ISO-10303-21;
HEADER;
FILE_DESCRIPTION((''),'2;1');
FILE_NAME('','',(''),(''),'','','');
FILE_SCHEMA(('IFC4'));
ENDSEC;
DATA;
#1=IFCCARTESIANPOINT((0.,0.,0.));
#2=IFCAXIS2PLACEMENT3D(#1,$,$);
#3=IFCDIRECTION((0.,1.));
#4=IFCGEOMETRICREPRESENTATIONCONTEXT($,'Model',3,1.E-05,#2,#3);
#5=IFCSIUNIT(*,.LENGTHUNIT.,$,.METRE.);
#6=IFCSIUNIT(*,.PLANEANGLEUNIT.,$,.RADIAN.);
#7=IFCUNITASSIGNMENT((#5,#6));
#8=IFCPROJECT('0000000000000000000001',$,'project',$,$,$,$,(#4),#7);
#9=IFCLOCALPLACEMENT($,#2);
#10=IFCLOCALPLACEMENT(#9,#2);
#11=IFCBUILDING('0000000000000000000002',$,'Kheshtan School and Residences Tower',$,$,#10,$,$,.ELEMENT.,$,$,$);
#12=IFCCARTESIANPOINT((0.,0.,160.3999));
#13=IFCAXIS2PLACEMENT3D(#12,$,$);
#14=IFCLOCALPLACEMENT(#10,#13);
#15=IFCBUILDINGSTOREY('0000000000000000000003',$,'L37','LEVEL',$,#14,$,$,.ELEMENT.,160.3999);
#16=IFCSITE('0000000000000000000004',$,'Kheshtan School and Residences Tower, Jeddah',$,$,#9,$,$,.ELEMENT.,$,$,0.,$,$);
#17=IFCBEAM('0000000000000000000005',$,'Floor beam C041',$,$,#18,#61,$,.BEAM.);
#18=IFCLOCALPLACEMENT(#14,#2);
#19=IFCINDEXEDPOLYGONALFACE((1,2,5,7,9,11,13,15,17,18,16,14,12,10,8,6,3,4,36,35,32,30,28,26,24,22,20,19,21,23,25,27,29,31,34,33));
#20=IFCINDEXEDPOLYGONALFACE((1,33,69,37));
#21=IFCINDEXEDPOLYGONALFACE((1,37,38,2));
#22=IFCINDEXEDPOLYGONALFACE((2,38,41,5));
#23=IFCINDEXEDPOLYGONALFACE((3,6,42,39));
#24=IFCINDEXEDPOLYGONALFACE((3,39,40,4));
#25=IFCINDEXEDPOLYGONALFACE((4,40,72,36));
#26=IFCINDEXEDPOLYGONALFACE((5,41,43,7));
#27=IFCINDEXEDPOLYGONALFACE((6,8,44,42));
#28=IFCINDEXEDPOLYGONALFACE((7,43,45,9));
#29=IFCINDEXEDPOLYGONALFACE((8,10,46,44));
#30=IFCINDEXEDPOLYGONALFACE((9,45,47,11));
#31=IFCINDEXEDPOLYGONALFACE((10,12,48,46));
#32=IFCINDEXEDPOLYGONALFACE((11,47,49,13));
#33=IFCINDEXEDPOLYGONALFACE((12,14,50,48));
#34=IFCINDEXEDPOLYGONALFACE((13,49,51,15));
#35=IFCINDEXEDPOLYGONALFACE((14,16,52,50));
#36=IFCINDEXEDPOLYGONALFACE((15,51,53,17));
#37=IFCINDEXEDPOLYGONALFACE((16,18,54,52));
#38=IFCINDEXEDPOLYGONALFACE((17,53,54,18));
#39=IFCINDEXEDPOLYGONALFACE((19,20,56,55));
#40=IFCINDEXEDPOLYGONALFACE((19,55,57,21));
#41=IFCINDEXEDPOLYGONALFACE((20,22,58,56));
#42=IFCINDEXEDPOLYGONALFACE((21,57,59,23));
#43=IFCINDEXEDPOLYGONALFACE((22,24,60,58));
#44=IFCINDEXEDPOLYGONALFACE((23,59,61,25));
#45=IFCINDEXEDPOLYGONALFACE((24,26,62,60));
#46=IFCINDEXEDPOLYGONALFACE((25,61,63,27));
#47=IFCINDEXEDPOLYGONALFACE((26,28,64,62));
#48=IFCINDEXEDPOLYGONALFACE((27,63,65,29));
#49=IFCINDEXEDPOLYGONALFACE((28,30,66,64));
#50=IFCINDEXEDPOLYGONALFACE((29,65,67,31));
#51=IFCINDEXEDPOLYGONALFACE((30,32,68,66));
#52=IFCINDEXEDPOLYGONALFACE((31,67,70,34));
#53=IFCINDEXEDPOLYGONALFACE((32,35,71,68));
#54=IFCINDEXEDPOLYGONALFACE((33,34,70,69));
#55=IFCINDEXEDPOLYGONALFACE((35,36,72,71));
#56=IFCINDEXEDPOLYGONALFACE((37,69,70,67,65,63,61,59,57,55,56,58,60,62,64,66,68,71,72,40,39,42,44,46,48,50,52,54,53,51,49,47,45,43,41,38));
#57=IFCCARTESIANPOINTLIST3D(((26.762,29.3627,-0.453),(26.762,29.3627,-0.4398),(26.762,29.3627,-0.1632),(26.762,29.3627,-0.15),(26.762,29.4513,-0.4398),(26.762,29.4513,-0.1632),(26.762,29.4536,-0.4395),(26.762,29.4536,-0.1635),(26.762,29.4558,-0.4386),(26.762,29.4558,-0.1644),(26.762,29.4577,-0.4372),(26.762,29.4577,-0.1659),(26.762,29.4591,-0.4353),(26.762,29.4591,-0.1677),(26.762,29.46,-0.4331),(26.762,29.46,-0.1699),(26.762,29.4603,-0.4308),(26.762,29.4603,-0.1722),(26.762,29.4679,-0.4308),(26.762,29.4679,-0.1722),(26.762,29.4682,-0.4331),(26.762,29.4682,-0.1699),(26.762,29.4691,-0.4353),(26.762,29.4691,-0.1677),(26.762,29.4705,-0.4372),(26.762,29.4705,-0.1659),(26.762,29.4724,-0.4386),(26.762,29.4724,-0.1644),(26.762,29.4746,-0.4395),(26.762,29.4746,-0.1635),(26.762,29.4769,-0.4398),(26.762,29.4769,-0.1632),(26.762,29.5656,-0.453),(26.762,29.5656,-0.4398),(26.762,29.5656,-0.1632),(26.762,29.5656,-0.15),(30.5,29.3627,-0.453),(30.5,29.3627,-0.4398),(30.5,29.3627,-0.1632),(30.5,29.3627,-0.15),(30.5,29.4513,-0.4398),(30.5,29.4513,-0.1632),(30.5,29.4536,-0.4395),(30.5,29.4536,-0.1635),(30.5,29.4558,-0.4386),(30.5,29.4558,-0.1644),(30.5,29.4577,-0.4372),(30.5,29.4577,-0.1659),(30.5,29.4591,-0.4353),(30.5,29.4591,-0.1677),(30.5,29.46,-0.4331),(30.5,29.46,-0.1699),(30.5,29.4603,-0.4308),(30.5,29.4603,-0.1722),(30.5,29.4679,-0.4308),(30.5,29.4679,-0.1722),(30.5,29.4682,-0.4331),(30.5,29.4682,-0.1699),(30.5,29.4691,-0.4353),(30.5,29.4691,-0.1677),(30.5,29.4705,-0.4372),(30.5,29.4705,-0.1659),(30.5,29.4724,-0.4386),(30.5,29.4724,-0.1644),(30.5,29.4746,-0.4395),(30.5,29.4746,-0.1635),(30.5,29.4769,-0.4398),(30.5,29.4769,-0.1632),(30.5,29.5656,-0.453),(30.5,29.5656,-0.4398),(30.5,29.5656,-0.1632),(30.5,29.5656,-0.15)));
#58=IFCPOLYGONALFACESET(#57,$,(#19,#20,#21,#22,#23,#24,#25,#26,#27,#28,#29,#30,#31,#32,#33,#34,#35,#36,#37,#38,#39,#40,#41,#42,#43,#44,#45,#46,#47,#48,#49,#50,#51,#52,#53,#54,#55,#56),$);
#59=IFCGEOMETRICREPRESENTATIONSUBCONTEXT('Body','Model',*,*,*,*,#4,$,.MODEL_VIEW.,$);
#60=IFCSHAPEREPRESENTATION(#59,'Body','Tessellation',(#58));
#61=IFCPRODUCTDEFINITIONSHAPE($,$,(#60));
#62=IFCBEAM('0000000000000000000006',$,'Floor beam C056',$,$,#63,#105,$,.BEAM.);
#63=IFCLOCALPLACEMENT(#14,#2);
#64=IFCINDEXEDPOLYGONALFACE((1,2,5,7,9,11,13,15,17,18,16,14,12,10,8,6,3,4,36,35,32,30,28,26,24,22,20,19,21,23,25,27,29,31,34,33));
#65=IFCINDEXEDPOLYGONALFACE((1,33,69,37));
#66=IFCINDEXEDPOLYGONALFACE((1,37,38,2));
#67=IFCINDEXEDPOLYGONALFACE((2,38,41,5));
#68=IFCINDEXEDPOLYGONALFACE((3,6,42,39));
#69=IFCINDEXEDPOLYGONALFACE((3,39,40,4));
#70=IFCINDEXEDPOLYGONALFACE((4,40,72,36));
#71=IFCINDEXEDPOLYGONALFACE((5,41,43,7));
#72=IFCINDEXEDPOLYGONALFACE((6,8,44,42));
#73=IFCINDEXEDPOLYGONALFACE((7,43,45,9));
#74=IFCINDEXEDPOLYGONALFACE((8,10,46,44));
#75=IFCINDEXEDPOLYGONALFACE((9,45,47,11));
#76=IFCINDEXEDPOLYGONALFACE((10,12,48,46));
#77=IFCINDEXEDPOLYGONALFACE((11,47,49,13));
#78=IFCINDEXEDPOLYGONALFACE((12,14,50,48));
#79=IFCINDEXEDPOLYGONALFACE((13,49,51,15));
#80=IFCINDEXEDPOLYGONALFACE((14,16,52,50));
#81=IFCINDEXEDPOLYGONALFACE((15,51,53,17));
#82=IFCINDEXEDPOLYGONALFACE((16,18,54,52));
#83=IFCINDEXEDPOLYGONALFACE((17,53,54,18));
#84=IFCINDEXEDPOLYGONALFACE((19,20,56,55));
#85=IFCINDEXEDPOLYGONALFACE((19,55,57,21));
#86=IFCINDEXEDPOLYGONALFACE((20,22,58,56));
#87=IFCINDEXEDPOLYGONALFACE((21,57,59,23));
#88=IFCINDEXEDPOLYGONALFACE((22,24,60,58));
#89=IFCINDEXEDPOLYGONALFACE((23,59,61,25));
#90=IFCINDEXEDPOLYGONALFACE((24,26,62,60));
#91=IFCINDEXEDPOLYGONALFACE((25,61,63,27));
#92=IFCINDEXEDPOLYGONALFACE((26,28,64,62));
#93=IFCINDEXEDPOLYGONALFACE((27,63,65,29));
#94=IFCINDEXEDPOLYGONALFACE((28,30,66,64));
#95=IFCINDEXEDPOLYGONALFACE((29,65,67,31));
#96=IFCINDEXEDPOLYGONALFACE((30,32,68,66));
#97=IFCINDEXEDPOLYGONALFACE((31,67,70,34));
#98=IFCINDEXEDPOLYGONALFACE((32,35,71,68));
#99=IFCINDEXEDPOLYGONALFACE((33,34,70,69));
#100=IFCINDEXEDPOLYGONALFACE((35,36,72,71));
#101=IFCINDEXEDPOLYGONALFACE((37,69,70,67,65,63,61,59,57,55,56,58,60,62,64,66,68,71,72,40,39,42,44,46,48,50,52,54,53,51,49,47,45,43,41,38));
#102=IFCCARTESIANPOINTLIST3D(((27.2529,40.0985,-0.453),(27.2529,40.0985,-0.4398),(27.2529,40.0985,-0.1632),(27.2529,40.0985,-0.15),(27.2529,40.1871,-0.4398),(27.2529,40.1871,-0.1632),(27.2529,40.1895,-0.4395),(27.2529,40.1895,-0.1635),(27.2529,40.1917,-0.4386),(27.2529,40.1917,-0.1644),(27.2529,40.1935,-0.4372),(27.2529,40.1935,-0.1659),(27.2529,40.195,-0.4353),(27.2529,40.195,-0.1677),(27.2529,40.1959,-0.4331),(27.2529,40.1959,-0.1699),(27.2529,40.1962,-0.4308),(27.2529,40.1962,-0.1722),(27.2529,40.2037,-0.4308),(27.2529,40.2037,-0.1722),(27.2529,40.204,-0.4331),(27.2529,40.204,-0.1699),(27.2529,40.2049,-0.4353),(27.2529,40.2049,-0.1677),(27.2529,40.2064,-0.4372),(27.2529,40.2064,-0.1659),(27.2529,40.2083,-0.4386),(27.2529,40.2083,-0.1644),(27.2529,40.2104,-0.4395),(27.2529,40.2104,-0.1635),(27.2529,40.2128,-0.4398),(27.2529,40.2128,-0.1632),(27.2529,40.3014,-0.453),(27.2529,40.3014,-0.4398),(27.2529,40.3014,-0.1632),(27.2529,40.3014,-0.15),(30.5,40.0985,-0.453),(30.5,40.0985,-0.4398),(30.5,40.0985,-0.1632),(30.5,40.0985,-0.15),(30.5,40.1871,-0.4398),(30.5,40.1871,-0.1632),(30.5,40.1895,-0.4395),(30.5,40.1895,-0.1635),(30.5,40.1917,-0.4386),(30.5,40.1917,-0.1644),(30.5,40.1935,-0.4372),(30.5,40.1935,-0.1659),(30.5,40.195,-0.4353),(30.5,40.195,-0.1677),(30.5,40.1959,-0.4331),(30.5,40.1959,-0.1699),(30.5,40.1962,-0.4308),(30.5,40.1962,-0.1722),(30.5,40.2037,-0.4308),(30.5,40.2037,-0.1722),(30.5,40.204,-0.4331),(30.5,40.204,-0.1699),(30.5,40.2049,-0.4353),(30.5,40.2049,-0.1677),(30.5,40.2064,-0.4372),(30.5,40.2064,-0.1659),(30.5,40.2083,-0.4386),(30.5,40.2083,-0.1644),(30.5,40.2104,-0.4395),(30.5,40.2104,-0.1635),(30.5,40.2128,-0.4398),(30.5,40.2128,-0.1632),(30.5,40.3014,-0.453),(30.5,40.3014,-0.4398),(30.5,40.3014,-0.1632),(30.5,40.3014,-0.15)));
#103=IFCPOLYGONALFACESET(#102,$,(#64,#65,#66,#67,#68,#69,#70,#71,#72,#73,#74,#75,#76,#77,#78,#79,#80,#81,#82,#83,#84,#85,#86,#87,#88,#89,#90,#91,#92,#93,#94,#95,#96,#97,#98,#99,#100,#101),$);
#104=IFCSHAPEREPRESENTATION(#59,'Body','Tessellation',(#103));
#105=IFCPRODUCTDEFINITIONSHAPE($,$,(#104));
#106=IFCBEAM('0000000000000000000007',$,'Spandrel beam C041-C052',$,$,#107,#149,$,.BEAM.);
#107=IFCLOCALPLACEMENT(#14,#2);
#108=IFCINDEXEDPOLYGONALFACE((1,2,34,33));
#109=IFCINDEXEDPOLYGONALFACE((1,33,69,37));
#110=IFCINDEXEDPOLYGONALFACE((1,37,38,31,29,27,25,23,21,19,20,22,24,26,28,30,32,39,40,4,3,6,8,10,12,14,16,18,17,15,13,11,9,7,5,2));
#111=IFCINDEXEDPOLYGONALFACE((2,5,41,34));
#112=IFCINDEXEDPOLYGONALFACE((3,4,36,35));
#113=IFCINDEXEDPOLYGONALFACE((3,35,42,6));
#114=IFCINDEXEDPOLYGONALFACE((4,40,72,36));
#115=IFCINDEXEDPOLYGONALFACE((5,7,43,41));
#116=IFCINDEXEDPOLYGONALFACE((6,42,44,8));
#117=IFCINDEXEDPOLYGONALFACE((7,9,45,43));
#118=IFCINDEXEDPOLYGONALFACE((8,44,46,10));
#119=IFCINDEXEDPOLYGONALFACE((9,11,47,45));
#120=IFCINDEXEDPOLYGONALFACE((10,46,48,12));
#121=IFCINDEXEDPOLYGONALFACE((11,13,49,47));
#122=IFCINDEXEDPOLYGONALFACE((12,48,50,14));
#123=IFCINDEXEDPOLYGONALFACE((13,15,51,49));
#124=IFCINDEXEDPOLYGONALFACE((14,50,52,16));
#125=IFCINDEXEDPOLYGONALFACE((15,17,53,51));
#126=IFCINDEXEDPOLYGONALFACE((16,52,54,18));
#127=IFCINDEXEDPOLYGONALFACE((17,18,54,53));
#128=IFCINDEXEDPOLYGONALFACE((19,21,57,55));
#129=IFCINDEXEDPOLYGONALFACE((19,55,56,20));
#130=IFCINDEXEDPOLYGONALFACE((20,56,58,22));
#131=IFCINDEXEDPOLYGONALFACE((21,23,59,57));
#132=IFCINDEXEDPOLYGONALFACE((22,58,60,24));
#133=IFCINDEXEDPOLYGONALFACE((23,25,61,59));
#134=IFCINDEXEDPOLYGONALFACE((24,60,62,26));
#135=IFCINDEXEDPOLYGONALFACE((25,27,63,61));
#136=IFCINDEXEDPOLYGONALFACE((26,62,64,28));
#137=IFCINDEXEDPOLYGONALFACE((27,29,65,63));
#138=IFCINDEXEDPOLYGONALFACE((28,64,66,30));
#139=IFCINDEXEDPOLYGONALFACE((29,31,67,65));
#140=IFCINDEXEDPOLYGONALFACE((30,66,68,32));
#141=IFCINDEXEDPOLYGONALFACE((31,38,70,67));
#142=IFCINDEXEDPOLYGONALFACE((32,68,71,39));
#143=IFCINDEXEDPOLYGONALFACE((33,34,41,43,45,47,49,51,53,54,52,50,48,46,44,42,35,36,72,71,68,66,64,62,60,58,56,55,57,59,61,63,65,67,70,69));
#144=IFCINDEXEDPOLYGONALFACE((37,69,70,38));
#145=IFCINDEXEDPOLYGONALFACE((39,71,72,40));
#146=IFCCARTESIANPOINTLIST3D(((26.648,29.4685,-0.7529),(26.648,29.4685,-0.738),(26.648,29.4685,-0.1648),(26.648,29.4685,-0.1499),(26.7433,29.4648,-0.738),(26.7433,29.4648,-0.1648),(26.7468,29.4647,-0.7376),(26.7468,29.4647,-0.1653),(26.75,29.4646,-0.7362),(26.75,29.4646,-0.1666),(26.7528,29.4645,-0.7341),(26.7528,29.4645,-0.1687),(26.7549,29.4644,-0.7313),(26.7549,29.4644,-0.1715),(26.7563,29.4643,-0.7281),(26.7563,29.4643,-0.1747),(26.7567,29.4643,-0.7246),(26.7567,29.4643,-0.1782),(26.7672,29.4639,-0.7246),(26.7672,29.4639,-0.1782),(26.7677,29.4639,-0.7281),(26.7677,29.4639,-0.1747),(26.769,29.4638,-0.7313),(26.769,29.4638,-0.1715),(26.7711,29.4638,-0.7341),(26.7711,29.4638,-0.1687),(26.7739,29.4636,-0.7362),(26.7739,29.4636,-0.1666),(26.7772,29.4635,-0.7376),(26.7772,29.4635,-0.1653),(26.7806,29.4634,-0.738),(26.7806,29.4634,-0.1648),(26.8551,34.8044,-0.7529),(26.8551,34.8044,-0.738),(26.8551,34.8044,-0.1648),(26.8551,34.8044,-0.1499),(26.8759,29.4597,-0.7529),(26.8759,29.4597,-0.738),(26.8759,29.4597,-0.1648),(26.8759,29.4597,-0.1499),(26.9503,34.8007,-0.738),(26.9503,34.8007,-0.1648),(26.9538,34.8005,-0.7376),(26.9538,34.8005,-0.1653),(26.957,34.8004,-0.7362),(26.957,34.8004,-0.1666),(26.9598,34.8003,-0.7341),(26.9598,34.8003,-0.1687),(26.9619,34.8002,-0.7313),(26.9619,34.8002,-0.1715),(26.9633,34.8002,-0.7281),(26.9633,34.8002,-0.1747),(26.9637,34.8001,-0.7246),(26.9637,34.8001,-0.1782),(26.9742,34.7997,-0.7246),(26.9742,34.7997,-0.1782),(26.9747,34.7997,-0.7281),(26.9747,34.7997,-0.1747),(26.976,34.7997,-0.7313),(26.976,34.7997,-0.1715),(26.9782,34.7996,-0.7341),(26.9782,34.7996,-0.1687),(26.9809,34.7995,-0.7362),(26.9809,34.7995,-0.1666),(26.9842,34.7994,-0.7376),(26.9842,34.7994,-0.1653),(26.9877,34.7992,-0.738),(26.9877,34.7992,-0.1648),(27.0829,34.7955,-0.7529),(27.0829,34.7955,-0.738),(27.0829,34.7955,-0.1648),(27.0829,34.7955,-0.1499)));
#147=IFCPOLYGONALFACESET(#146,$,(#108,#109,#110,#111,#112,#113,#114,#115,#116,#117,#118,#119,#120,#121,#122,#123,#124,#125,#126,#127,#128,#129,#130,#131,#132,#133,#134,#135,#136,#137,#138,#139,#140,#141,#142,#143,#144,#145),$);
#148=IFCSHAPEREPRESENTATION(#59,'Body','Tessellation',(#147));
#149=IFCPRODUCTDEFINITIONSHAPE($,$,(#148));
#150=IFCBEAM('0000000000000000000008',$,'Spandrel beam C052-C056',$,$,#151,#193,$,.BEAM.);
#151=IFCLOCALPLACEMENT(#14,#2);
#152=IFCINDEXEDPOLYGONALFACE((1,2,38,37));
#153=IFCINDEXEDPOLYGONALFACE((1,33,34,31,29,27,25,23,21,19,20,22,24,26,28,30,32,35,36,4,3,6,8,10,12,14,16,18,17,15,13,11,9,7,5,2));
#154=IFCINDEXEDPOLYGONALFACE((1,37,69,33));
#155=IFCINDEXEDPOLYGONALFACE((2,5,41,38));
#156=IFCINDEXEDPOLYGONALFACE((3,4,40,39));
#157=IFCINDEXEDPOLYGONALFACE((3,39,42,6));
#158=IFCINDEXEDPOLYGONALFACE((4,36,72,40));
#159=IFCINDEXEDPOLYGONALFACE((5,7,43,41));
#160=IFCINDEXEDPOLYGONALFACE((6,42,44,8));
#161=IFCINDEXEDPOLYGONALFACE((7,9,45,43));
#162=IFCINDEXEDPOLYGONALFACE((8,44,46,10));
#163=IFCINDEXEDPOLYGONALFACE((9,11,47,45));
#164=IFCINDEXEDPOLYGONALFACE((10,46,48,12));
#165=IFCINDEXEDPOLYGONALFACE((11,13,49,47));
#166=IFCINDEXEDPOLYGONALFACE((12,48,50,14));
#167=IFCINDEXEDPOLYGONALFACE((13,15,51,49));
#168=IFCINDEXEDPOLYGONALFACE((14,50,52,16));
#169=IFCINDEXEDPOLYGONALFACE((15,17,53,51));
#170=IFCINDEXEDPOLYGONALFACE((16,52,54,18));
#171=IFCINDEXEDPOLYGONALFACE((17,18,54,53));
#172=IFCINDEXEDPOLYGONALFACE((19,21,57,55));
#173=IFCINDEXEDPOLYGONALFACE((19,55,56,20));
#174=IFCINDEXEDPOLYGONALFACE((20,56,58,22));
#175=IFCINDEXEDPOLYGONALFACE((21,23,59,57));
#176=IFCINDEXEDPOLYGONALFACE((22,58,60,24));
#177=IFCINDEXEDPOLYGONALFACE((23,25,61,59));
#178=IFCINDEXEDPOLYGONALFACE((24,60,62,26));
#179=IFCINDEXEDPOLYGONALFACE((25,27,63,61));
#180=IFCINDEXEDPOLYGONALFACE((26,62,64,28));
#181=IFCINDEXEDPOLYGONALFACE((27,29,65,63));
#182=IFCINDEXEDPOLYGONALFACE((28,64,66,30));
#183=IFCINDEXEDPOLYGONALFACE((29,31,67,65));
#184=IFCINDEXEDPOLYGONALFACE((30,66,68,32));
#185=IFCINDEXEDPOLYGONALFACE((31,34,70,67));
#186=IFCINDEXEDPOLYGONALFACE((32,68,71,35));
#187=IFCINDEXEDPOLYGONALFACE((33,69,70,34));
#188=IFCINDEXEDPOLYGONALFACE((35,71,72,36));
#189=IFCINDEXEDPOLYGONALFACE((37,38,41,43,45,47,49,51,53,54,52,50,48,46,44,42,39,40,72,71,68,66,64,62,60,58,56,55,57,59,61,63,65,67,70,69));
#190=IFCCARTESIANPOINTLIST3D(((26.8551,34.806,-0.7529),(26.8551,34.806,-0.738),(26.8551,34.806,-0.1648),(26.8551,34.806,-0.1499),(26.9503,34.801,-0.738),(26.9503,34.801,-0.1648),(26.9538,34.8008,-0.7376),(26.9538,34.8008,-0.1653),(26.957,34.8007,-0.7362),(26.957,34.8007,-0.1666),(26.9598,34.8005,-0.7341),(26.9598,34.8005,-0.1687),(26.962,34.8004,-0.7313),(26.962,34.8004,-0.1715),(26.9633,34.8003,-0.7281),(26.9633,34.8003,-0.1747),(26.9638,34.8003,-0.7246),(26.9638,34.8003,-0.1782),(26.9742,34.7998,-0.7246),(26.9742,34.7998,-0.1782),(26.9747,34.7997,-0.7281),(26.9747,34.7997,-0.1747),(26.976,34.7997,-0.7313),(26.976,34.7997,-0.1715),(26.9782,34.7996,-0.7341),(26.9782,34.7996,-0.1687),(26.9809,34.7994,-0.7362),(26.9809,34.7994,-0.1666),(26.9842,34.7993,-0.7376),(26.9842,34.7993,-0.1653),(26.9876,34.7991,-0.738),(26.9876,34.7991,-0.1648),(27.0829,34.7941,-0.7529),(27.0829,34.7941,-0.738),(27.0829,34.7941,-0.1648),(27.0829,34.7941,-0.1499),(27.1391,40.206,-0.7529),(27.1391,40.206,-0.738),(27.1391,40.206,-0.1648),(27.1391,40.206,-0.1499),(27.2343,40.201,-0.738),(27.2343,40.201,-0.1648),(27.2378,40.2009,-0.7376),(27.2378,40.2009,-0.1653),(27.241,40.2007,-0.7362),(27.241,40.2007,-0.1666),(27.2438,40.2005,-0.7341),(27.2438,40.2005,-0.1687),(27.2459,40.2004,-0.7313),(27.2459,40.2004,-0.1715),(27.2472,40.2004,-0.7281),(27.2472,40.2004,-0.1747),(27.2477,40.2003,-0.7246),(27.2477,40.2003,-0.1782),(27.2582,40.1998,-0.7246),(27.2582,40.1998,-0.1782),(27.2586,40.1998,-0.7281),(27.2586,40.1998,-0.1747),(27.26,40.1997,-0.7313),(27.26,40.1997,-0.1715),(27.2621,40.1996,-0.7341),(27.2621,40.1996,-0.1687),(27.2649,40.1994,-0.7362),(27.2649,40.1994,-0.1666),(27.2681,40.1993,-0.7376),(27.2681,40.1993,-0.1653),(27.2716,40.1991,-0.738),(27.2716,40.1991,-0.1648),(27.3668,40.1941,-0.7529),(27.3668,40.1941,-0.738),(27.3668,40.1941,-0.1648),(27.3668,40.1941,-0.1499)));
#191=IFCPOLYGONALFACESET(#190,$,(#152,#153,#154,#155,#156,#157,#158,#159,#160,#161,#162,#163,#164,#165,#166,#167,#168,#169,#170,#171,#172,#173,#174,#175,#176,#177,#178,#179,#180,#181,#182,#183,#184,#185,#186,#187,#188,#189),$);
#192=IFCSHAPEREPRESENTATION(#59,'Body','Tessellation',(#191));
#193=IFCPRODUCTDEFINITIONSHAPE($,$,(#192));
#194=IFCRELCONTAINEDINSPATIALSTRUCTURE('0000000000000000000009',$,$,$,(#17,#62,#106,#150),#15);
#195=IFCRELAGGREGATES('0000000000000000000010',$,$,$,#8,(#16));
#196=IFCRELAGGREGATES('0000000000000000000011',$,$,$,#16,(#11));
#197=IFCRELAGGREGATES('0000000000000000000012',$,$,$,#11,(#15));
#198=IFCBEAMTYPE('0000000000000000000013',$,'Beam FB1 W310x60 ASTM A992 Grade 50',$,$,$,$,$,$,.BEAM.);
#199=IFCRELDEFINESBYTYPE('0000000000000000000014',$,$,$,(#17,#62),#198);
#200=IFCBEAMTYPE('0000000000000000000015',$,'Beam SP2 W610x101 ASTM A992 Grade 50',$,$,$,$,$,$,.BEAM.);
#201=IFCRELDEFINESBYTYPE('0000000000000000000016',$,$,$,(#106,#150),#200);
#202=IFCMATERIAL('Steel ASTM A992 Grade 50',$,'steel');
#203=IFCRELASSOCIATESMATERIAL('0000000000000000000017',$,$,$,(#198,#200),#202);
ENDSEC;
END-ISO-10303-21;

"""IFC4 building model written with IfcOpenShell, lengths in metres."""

from ifc_helpers import new_model, si_unit, direction, frame, origin, origin_2d, place, context, subcontext, project, spatial, i_section, extrude, material, material_profile, profile_set, type_object, element, save


model = new_model("IFC4")

# Units and contexts
model_context = context("Model", 3, precision=1e-05, world=origin(), true_north=direction((0.0, 1.0)))
body_context = subcontext(model_context, "Body", "Model", "MODEL_VIEW")
ifc_project = project(units=[si_unit("LENGTHUNIT", "METRE"), si_unit("PLANEANGLEUNIT", "RADIAN")], contexts=[model_context])

# Site, building, storey
site_placement = place(None, origin())
site = spatial("IfcSite", under=ifc_project, at=site_placement, Name="Kheshtan School and Residences Tower, Jeddah", CompositionType="ELEMENT", RefElevation=0.0)
building_placement = place(site_placement, origin())
building = spatial("IfcBuilding", under=site, at=building_placement, Name="Kheshtan School and Residences Tower", CompositionType="ELEMENT")
storey_placement = place(building_placement, frame((0.0, 0.0, 160.3999)))
storey = spatial("IfcBuildingStorey", under=building, at=storey_placement, Name="L37", Description="LEVEL", CompositionType="ELEMENT", Elevation=160.3999)

# Shared definitions
ifc_material_1 = material(Name="Steel ASTM A992 Grade 50", Category="steel")

# Beams
ifc_material_profile_1 = material_profile(ifc_material_1, i_section(OverallWidth=0.2029, OverallDepth=0.303, WebThickness=0.0076, FlangeThickness=0.0132, FilletRadius=0.009, at=origin_2d()), Name="W310x60")
ifc_profile_set_1 = profile_set([ifc_material_profile_1], Name="Steel ASTM A992 Grade 50")
beam_type_1 = type_object("IfcBeamType", Name="Beam FB1 W310x60 ASTM A992 Grade 50", PredefinedType="BEAM", material=ifc_profile_set_1)
beam_1_placement = place(storey_placement, frame((26.762, 29.4641, -0.3015), z_axis=(1.0, 0.0, 0.0), x_axis=(0.0, 1.0, 0.0)))
element("IfcBeam", 1, at=beam_1_placement, inside=storey, type_object=beam_type_1, Name="Floor beam C041", PredefinedType="BEAM", context=body_context, shape_type="SweptSolid", body=[
    extrude(i_section(OverallWidth=0.2029, OverallDepth=0.303, WebThickness=0.0076, FlangeThickness=0.0132, FilletRadius=0.009, at=origin_2d()), origin(), (0.0, 0.0, 1.0), 3.738),
])
beam_2_placement = place(storey_placement, frame((27.2529, 40.2, -0.3015), z_axis=(1.0, 0.0, 0.0), x_axis=(0.0, 1.0, 0.0)))
element("IfcBeam", 2, at=beam_2_placement, inside=storey, type_object=beam_type_1, Name="Floor beam C056", PredefinedType="BEAM", context=body_context, shape_type="SweptSolid", body=[
    extrude(i_section(OverallWidth=0.2029, OverallDepth=0.303, WebThickness=0.0076, FlangeThickness=0.0132, FilletRadius=0.009, at=origin_2d()), origin(), (0.0, 0.0, 1.0), 3.2471),
])
ifc_material_profile_2 = material_profile(ifc_material_1, i_section(OverallWidth=0.228, OverallDepth=0.603, WebThickness=0.0105, FlangeThickness=0.0149, FilletRadius=0.0134, at=origin_2d()), Name="W610x101")
ifc_profile_set_2 = profile_set([ifc_material_profile_2], Name="Steel ASTM A992 Grade 50")
beam_type_2 = type_object("IfcBeamType", Name="Beam SP2 W610x101 ASTM A992 Grade 50", PredefinedType="BEAM", material=ifc_profile_set_2)
beam_3_placement = place(storey_placement, frame((26.762, 29.4641, -0.4514), z_axis=(0.03877, 0.999248, 0.0), x_axis=(-0.999248, 0.03877, 0.0)))
element("IfcBeam", 3, at=beam_3_placement, inside=storey, type_object=beam_type_2, Name="Spandrel beam C041-C052", PredefinedType="BEAM", context=body_context, shape_type="SweptSolid", body=[
    extrude(i_section(OverallWidth=0.228, OverallDepth=0.603, WebThickness=0.0105, FlangeThickness=0.0149, FilletRadius=0.0134, at=origin_2d()), origin(), (0.0, 0.0, 1.0), 5.3398),
])
beam_4_placement = place(storey_placement, frame((26.969, 34.8, -0.4514), z_axis=(0.052509, 0.99862, 0.0), x_axis=(-0.99862, 0.052509, 0.0)))
element("IfcBeam", 4, at=beam_4_placement, inside=storey, type_object=beam_type_2, Name="Spandrel beam C052-C056", PredefinedType="BEAM", context=body_context, shape_type="SweptSolid", body=[
    extrude(i_section(OverallWidth=0.228, OverallDepth=0.603, WebThickness=0.0105, FlangeThickness=0.0149, FilletRadius=0.0134, at=origin_2d()), origin(), (0.0, 0.0, 1.0), 5.4075),
])

save(model, "model.ifc")
